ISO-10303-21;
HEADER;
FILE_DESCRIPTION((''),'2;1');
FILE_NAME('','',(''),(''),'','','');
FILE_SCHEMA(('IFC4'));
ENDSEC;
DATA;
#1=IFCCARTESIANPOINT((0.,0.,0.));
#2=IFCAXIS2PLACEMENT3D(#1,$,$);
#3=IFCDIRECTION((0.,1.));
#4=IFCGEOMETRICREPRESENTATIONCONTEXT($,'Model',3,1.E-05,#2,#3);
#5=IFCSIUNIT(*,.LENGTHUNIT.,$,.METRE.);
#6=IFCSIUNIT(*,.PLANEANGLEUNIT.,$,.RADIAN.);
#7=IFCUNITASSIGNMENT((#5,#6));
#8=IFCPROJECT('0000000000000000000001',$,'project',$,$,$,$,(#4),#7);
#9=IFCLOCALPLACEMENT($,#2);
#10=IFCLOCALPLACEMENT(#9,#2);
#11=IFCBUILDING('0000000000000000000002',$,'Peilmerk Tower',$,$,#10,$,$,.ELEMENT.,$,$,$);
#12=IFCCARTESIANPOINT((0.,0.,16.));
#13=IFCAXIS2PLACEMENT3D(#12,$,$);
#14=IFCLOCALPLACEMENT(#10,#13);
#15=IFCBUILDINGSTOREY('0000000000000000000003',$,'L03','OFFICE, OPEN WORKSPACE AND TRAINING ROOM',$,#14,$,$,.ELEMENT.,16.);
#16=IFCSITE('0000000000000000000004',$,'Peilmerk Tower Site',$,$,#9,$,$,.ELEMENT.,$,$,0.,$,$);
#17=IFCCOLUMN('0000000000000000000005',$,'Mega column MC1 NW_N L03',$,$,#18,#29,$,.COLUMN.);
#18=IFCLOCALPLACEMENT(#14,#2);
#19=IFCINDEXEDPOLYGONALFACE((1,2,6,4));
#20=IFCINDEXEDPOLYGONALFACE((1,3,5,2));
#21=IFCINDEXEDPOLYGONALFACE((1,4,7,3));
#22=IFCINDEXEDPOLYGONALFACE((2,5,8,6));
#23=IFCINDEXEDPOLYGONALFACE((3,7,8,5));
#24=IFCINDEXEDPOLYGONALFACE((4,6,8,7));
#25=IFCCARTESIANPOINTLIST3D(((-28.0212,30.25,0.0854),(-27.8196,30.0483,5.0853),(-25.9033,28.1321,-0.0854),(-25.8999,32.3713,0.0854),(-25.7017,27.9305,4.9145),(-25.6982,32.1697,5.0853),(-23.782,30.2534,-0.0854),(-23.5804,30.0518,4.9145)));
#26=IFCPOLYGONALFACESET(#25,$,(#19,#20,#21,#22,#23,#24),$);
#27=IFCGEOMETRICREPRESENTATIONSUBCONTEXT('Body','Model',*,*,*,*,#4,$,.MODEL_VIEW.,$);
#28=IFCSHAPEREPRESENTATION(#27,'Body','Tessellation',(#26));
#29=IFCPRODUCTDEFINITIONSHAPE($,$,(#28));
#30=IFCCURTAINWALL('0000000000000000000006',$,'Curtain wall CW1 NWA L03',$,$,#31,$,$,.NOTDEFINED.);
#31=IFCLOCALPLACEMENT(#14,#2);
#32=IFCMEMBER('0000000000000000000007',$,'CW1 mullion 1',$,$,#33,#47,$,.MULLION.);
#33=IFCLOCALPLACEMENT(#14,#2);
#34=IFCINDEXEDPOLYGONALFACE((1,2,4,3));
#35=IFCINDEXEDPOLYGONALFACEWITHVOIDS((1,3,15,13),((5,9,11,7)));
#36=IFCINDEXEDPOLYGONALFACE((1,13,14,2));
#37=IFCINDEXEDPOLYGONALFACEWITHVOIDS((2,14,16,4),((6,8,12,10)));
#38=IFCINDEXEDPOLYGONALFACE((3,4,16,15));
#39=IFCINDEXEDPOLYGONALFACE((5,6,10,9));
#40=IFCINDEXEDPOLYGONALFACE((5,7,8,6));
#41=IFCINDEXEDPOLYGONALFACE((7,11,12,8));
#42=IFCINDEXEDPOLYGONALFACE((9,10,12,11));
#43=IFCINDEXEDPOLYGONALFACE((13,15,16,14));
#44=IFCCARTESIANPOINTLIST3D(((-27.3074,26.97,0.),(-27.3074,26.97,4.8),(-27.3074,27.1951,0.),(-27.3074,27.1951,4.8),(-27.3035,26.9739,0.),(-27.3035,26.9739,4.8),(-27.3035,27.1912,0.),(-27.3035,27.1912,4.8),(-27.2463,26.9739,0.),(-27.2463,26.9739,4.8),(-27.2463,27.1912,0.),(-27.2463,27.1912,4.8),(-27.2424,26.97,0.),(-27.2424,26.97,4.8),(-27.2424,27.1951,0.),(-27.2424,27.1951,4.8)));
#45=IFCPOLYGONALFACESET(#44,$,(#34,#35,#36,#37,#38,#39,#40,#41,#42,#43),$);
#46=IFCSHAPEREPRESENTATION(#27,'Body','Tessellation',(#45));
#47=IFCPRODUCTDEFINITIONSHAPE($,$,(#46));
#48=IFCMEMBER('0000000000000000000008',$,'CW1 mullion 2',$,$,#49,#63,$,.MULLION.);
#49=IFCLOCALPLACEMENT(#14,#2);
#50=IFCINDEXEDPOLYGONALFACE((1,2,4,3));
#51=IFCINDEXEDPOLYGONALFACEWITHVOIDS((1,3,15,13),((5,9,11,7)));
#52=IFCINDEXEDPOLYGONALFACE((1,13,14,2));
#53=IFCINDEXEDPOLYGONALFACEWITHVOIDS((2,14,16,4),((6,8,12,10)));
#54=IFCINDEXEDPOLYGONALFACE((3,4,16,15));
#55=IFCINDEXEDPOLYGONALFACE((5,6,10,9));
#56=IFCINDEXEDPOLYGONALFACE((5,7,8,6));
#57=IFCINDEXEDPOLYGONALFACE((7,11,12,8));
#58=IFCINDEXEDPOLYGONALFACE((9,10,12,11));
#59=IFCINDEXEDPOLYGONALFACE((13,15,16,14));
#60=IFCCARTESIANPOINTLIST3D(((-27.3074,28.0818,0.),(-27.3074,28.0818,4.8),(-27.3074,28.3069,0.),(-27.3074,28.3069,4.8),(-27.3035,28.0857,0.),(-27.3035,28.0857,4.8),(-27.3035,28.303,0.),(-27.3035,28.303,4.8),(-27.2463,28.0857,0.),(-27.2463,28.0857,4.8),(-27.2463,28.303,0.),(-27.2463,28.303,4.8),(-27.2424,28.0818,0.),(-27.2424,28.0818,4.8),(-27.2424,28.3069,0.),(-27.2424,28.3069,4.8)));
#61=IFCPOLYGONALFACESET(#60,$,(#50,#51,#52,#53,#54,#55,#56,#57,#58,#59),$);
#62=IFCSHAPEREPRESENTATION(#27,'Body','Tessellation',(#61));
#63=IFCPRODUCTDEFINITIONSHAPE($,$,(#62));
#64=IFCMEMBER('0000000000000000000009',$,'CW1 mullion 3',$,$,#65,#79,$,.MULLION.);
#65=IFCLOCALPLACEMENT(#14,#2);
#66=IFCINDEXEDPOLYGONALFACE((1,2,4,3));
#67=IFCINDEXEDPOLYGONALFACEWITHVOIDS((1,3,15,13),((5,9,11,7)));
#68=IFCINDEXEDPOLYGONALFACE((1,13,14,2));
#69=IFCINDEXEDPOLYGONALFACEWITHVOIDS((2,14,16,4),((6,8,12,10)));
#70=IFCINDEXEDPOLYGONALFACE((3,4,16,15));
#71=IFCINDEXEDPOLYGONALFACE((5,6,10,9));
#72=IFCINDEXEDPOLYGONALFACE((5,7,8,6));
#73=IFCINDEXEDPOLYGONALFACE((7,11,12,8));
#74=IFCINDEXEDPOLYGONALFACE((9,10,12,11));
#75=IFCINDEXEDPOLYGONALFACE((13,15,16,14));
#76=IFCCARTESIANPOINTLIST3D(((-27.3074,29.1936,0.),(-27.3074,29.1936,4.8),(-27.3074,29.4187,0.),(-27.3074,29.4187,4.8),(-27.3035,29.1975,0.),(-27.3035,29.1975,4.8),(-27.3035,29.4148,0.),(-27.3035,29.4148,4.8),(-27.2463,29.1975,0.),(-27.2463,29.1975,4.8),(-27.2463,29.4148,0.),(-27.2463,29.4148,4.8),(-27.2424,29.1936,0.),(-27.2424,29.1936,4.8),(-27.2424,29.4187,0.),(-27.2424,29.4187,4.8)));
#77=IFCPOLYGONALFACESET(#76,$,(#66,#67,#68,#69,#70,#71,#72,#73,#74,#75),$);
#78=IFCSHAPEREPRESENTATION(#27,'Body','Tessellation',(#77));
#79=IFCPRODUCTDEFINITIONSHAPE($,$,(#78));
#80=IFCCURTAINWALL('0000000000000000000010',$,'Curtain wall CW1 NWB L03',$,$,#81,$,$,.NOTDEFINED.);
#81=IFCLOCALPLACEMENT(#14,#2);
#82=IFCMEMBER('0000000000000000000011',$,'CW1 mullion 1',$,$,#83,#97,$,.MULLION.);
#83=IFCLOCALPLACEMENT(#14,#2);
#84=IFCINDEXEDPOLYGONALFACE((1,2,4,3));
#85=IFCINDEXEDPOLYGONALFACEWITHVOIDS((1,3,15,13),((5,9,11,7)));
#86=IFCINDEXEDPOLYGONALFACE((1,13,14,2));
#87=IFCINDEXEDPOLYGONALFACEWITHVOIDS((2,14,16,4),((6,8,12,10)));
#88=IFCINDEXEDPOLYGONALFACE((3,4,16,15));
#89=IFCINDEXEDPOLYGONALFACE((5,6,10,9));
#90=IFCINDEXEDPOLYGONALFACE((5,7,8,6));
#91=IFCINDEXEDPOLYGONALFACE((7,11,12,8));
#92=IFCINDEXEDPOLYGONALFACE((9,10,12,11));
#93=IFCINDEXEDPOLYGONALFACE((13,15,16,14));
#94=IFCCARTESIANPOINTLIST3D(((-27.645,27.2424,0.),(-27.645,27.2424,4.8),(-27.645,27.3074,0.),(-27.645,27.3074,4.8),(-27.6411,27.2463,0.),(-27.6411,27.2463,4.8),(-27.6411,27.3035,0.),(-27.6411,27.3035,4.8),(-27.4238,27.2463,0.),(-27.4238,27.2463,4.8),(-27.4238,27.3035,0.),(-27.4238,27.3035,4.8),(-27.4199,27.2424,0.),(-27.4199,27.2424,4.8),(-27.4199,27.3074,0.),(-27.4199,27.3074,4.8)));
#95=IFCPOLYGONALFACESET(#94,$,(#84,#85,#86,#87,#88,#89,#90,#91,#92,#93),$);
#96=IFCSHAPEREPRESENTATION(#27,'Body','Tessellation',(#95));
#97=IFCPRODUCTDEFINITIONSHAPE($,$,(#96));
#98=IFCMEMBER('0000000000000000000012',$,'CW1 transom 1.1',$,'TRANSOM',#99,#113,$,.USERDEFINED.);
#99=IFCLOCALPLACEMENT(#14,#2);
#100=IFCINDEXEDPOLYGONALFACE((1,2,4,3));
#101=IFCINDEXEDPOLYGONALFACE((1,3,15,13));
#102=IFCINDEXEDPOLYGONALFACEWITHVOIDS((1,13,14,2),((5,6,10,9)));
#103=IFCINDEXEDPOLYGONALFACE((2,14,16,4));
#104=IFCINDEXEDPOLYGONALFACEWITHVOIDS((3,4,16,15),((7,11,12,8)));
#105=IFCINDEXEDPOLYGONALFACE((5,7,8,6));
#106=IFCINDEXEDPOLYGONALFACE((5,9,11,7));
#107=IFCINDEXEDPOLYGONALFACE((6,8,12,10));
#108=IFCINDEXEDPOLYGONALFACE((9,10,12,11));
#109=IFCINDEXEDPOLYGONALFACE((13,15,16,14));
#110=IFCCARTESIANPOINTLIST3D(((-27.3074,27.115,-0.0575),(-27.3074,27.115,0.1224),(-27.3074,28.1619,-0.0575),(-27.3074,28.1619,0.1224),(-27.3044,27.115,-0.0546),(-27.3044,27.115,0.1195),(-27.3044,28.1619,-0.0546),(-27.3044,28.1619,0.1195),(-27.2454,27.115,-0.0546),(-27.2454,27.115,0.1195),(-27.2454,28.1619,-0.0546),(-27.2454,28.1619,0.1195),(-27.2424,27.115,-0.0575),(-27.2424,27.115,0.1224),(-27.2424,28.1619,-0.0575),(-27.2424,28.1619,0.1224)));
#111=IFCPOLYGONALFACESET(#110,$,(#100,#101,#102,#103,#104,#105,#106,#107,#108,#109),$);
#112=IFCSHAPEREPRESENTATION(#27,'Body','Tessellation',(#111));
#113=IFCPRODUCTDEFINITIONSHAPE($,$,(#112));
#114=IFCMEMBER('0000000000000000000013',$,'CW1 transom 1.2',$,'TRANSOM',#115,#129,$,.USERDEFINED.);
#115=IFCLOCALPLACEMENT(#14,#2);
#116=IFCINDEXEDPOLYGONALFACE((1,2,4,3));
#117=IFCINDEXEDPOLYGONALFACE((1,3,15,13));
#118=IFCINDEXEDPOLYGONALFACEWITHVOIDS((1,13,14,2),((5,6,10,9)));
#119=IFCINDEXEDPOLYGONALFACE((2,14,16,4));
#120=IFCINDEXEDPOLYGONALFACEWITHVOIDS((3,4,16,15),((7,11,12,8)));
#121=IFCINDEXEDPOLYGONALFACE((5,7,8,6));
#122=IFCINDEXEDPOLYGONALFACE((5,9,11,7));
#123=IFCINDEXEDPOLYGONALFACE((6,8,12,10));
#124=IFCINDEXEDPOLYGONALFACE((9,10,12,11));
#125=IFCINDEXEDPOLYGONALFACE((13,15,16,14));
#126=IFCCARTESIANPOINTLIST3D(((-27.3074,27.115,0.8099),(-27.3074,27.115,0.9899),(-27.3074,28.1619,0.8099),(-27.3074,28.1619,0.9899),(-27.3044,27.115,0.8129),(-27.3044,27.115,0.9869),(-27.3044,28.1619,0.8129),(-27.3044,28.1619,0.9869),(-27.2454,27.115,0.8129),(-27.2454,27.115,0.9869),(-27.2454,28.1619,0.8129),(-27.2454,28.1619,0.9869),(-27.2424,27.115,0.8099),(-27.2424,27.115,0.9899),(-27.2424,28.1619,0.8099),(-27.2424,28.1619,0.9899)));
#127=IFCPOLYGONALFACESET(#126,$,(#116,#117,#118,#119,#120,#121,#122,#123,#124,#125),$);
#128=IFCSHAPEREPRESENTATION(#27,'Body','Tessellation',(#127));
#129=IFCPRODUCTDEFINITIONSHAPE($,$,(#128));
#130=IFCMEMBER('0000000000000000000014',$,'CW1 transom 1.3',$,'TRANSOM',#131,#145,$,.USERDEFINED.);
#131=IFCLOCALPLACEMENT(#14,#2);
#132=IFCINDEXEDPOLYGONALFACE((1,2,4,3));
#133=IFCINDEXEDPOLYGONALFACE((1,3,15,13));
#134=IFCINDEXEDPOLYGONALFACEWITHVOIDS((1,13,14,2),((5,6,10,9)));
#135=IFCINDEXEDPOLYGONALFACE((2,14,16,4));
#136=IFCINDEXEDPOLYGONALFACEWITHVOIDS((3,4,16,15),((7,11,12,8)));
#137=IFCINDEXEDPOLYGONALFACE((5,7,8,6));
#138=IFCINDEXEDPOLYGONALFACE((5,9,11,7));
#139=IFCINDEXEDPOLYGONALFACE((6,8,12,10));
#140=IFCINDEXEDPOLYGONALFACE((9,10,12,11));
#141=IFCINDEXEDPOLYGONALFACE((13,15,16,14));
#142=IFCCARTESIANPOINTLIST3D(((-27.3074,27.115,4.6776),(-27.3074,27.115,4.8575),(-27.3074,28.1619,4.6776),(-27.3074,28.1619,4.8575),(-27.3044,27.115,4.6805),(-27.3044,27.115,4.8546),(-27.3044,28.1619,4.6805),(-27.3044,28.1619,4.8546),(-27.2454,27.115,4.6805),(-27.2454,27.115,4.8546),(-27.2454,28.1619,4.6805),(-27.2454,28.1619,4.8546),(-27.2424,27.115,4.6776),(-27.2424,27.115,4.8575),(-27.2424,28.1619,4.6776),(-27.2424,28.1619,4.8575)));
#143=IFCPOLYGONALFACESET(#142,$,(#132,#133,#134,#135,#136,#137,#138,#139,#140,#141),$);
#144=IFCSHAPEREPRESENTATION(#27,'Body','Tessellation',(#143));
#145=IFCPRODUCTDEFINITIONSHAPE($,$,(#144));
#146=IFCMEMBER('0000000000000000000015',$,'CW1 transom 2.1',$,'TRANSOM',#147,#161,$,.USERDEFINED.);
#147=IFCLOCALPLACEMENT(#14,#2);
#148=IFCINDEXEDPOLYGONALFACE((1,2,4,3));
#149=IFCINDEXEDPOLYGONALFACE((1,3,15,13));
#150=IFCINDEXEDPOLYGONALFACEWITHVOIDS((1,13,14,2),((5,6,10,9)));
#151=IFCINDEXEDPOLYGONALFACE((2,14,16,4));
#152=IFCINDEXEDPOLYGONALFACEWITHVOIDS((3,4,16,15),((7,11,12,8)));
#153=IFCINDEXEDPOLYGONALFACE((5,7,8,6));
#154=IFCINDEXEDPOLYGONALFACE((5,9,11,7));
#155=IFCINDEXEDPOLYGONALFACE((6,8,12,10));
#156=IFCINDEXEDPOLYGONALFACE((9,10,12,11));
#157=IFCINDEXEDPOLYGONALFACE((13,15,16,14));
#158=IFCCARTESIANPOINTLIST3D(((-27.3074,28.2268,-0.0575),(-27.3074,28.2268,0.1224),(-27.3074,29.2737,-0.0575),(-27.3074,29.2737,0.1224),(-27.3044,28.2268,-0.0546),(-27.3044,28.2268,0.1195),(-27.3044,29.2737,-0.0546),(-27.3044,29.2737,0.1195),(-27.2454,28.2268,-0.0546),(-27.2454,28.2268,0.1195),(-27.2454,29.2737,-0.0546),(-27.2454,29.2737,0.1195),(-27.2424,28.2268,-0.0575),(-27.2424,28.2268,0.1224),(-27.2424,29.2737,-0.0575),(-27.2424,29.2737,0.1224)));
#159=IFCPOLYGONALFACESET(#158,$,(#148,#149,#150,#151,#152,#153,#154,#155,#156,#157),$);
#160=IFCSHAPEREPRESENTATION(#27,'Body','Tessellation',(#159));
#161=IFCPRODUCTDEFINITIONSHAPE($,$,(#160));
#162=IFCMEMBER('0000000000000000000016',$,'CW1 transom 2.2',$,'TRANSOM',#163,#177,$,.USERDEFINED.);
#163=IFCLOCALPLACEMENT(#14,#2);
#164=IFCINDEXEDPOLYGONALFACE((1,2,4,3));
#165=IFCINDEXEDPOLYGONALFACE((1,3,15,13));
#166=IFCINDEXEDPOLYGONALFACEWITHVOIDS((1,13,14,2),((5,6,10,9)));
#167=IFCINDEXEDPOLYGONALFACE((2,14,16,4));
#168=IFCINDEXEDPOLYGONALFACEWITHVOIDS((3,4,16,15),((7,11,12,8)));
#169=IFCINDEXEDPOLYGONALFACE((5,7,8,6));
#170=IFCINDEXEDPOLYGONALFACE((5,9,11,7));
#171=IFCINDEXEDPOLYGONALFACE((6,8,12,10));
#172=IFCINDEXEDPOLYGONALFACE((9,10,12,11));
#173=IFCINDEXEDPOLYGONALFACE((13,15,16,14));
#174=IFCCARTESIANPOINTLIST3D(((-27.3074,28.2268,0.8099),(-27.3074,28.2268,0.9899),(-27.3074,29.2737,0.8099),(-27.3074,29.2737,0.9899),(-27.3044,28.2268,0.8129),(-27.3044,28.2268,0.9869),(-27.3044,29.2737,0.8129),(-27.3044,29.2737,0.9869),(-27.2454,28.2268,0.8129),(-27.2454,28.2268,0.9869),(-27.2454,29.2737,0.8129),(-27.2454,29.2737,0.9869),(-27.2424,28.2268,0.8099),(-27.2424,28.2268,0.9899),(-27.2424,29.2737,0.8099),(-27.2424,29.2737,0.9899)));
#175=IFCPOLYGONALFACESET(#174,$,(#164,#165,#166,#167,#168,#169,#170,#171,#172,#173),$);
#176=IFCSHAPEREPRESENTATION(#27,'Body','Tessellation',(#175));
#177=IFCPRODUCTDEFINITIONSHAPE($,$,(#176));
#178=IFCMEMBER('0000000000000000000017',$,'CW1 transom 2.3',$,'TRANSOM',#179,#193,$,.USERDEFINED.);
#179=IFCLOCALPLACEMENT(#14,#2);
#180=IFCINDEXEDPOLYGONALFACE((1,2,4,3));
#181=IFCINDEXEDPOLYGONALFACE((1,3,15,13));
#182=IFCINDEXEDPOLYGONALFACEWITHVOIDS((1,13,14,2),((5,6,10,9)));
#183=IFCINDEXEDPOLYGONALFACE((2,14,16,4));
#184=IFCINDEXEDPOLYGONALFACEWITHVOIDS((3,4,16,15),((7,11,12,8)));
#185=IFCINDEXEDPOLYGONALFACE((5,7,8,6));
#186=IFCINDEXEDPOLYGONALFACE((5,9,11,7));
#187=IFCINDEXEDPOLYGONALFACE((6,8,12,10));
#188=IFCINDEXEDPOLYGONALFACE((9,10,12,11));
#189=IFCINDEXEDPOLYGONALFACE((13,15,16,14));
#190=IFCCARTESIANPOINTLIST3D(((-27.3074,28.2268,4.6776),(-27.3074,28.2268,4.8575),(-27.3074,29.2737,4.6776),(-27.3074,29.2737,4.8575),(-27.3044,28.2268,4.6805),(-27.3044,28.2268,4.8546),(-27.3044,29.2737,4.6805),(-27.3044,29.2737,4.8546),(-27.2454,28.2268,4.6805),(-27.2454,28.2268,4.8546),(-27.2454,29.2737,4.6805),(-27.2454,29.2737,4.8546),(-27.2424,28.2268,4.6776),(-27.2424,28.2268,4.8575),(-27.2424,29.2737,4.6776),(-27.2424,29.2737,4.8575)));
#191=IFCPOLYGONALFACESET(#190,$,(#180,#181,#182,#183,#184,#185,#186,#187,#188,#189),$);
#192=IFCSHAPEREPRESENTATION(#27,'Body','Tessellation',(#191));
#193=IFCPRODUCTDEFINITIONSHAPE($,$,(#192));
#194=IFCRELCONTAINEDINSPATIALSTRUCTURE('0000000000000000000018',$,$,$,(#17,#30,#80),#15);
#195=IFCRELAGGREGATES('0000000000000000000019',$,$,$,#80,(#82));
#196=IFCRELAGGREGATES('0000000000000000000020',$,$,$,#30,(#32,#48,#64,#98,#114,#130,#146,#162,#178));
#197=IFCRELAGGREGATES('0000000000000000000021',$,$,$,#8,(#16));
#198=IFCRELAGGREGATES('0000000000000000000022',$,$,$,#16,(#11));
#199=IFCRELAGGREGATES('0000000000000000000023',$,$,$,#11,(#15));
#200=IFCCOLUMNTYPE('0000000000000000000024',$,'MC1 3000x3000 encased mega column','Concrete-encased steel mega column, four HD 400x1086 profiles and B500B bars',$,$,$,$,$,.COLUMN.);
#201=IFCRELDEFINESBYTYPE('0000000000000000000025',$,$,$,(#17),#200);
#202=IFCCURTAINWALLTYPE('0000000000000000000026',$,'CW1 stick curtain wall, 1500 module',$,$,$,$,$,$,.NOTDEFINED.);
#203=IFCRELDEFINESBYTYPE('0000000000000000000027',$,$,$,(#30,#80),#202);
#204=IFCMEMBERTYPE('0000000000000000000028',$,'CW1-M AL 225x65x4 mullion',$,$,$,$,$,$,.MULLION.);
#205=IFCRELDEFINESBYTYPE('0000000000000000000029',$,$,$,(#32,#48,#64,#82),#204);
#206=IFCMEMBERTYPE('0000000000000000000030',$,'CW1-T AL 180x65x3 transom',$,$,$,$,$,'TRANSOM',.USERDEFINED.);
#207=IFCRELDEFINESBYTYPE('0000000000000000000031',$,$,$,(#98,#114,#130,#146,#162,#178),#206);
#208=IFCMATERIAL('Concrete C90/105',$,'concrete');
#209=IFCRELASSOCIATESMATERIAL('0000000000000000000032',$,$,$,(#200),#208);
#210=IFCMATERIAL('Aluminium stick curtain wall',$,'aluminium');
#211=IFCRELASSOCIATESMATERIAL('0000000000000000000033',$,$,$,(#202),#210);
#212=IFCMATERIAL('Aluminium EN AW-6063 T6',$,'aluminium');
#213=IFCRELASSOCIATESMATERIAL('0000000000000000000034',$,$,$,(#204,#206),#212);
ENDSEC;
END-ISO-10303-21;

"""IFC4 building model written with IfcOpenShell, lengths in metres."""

from ifc_helpers import new_model, si_unit, direction, frame, origin, origin_2d, place, context, subcontext, project, spatial, rectangle, hollow_rectangle, extrude, material, material_profile, profile_set, type_object, element, aggregate, save


model = new_model("IFC4")

# Units and contexts
model_context = context("Model", 3, precision=1e-05, world=origin(), true_north=direction((0.0, 1.0)))
body_context = subcontext(model_context, "Body", "Model", "MODEL_VIEW")
ifc_project = project(units=[si_unit("LENGTHUNIT", "METRE"), si_unit("PLANEANGLEUNIT", "RADIAN")], contexts=[model_context])

# Site, building, storey
site_placement = place(None, origin())
site = spatial("IfcSite", under=ifc_project, at=site_placement, Name="Peilmerk Tower Site", CompositionType="ELEMENT", RefElevation=0.0)
building_placement = place(site_placement, origin())
building = spatial("IfcBuilding", under=site, at=building_placement, Name="Peilmerk Tower", CompositionType="ELEMENT")
storey_placement = place(building_placement, frame((0.0, 0.0, 16.0)))
storey = spatial("IfcBuildingStorey", under=building, at=storey_placement, Name="L03", Description="OFFICE, OPEN WORKSPACE AND TRAINING ROOM", CompositionType="ELEMENT", Elevation=16.0)

# Column
ifc_material_1 = material(Name="Concrete C90/105", Category="concrete")
ifc_material_profile_1 = material_profile(ifc_material_1, rectangle(XDim=3.0, YDim=3.0, at=origin_2d()), Name="RC 3000x3000")
ifc_profile_set_1 = profile_set([ifc_material_profile_1], Name="Concrete C90/105")
column_type = type_object("IfcColumnType", Name="MC1 3000x3000 encased mega column", Description="Concrete-encased steel mega column, four HD 400x1086 profiles and B500B bars", PredefinedType="COLUMN", material=ifc_profile_set_1)
column_placement = place(storey_placement, frame((-25.9016, 30.2517, 0.0), z_axis=(0.040267, -0.040267, 0.998377), x_axis=(0.707107, 0.707107, 0.0)))
element("IfcColumn", 1, at=column_placement, inside=storey, type_object=column_type, Name="Mega column MC1 NW_N L03", PredefinedType="COLUMN", context=body_context, shape_type="SweptSolid", body=[
    extrude(rectangle(XDim=3.0, YDim=3.0, at=origin_2d()), origin(), (0.0, 0.0, 1.0), 5.0081),
])

# Curtain wall, members
ifc_material_2 = material(Name="Aluminium stick curtain wall", Category="aluminium")
curtain_wall_type = type_object("IfcCurtainWallType", Name="CW1 stick curtain wall, 1500 module", PredefinedType="NOTDEFINED", material=ifc_material_2)
curtain_wall_1_placement = place(storey_placement, origin())
curtain_wall_1 = element("IfcCurtainWall", 2, at=curtain_wall_1_placement, inside=storey, type_object=curtain_wall_type, Name="Curtain wall CW1 NWA L03", PredefinedType="NOTDEFINED")
ifc_material_3 = material(Name="Aluminium EN AW-6063 T6", Category="aluminium")
ifc_material_profile_2 = material_profile(ifc_material_3, hollow_rectangle(XDim=0.0649, YDim=0.2251, WallThickness=0.0039, at=origin_2d()), Name="AL 225x65x4")
ifc_profile_set_2 = profile_set([ifc_material_profile_2], Name="Aluminium EN AW-6063 T6")
member_type_1 = type_object("IfcMemberType", Name="CW1-M AL 225x65x4 mullion", PredefinedType="MULLION", material=ifc_profile_set_2)
member_1_placement = place(storey_placement, frame((-27.2749, 27.0825, 0.0), z_axis=(0.0, 0.0, 1.0), x_axis=(-1.0, 0.0, 0.0)))
member_1 = element("IfcMember", 3, at=member_1_placement, type_object=member_type_1, Name="CW1 mullion 1", PredefinedType="MULLION", context=body_context, shape_type="SweptSolid", body=[
    extrude(hollow_rectangle(XDim=0.0649, YDim=0.2251, WallThickness=0.0039, at=origin_2d()), origin(), (0.0, 0.0, 1.0), 4.8),
])
member_2_placement = place(storey_placement, frame((-27.2749, 28.1943, 0.0), z_axis=(0.0, 0.0, 1.0), x_axis=(-1.0, 0.0, 0.0)))
member_2 = element("IfcMember", 4, at=member_2_placement, type_object=member_type_1, Name="CW1 mullion 2", PredefinedType="MULLION", context=body_context, shape_type="SweptSolid", body=[
    extrude(hollow_rectangle(XDim=0.0649, YDim=0.2251, WallThickness=0.0039, at=origin_2d()), origin(), (0.0, 0.0, 1.0), 4.8),
])
member_3_placement = place(storey_placement, frame((-27.2749, 29.3062, 0.0), z_axis=(0.0, 0.0, 1.0), x_axis=(-1.0, 0.0, 0.0)))
member_3 = element("IfcMember", 5, at=member_3_placement, type_object=member_type_1, Name="CW1 mullion 3", PredefinedType="MULLION", context=body_context, shape_type="SweptSolid", body=[
    extrude(hollow_rectangle(XDim=0.0649, YDim=0.2251, WallThickness=0.0039, at=origin_2d()), origin(), (0.0, 0.0, 1.0), 4.8),
])

# Curtain wall, member
curtain_wall_2_placement = place(storey_placement, origin())
curtain_wall_2 = element("IfcCurtainWall", 6, at=curtain_wall_2_placement, inside=storey, type_object=curtain_wall_type, Name="Curtain wall CW1 NWB L03", PredefinedType="NOTDEFINED")
member_4_placement = place(storey_placement, frame((-27.5325, 27.2749, 0.0), z_axis=(0.0, 0.0, 1.0), x_axis=(0.0, -1.0, 0.0)))
member_4 = element("IfcMember", 7, at=member_4_placement, type_object=member_type_1, Name="CW1 mullion 1", PredefinedType="MULLION", context=body_context, shape_type="SweptSolid", body=[
    extrude(hollow_rectangle(XDim=0.0649, YDim=0.2251, WallThickness=0.0039, at=origin_2d()), origin(), (0.0, 0.0, 1.0), 4.8),
])
aggregate(curtain_wall_2, [member_4])

# Members
ifc_material_profile_3 = material_profile(ifc_material_3, hollow_rectangle(XDim=0.0649, YDim=0.1799, WallThickness=0.0029, at=origin_2d()), Name="AL 180x65x3")
ifc_profile_set_3 = profile_set([ifc_material_profile_3], Name="Aluminium EN AW-6063 T6")
member_type_2 = type_object("IfcMemberType", Name="CW1-T AL 180x65x3 transom", ElementType="TRANSOM", PredefinedType="USERDEFINED", material=ifc_profile_set_3)
member_5_placement = place(storey_placement, frame((-27.2749, 27.115, 0.0325), z_axis=(0.0, 1.0, 0.0), x_axis=(-1.0, 0.0, 0.0)))
member_5 = element("IfcMember", 8, at=member_5_placement, type_object=member_type_2, Name="CW1 transom 1.1", ObjectType="TRANSOM", PredefinedType="USERDEFINED", context=body_context, shape_type="SweptSolid", body=[
    extrude(hollow_rectangle(XDim=0.0649, YDim=0.1799, WallThickness=0.0029, at=origin_2d()), origin(), (0.0, 0.0, 1.0), 1.0469),
])
member_6_placement = place(storey_placement, frame((-27.2749, 27.115, 0.8999), z_axis=(0.0, 1.0, 0.0), x_axis=(-1.0, 0.0, 0.0)))
member_6 = element("IfcMember", 9, at=member_6_placement, type_object=member_type_2, Name="CW1 transom 1.2", ObjectType="TRANSOM", PredefinedType="USERDEFINED", context=body_context, shape_type="SweptSolid", body=[
    extrude(hollow_rectangle(XDim=0.0649, YDim=0.1799, WallThickness=0.0029, at=origin_2d()), origin(), (0.0, 0.0, 1.0), 1.0469),
])
member_7_placement = place(storey_placement, frame((-27.2749, 27.115, 4.7676), z_axis=(0.0, 1.0, 0.0), x_axis=(-1.0, 0.0, 0.0)))
member_7 = element("IfcMember", 10, at=member_7_placement, type_object=member_type_2, Name="CW1 transom 1.3", ObjectType="TRANSOM", PredefinedType="USERDEFINED", context=body_context, shape_type="SweptSolid", body=[
    extrude(hollow_rectangle(XDim=0.0649, YDim=0.1799, WallThickness=0.0029, at=origin_2d()), origin(), (0.0, 0.0, 1.0), 1.0469),
])
member_8_placement = place(storey_placement, frame((-27.2749, 28.2268, 0.0325), z_axis=(0.0, 1.0, 0.0), x_axis=(-1.0, 0.0, 0.0)))
member_8 = element("IfcMember", 11, at=member_8_placement, type_object=member_type_2, Name="CW1 transom 2.1", ObjectType="TRANSOM", PredefinedType="USERDEFINED", context=body_context, shape_type="SweptSolid", body=[
    extrude(hollow_rectangle(XDim=0.0649, YDim=0.1799, WallThickness=0.0029, at=origin_2d()), origin(), (0.0, 0.0, 1.0), 1.0469),
])
member_9_placement = place(storey_placement, frame((-27.2749, 28.2268, 0.8999), z_axis=(0.0, 1.0, 0.0), x_axis=(-1.0, 0.0, 0.0)))
member_9 = element("IfcMember", 12, at=member_9_placement, type_object=member_type_2, Name="CW1 transom 2.2", ObjectType="TRANSOM", PredefinedType="USERDEFINED", context=body_context, shape_type="SweptSolid", body=[
    extrude(hollow_rectangle(XDim=0.0649, YDim=0.1799, WallThickness=0.0029, at=origin_2d()), origin(), (0.0, 0.0, 1.0), 1.0469),
])
member_10_placement = place(storey_placement, frame((-27.2749, 28.2268, 4.7676), z_axis=(0.0, 1.0, 0.0), x_axis=(-1.0, 0.0, 0.0)))
member_10 = element("IfcMember", 13, at=member_10_placement, type_object=member_type_2, Name="CW1 transom 2.3", ObjectType="TRANSOM", PredefinedType="USERDEFINED", context=body_context, shape_type="SweptSolid", body=[
    extrude(hollow_rectangle(XDim=0.0649, YDim=0.1799, WallThickness=0.0029, at=origin_2d()), origin(), (0.0, 0.0, 1.0), 1.0469),
])

aggregate(curtain_wall_1, [member_1, member_2, member_3, member_5, member_6, member_7, member_8, member_9, member_10])

save(model, "model.ifc")
